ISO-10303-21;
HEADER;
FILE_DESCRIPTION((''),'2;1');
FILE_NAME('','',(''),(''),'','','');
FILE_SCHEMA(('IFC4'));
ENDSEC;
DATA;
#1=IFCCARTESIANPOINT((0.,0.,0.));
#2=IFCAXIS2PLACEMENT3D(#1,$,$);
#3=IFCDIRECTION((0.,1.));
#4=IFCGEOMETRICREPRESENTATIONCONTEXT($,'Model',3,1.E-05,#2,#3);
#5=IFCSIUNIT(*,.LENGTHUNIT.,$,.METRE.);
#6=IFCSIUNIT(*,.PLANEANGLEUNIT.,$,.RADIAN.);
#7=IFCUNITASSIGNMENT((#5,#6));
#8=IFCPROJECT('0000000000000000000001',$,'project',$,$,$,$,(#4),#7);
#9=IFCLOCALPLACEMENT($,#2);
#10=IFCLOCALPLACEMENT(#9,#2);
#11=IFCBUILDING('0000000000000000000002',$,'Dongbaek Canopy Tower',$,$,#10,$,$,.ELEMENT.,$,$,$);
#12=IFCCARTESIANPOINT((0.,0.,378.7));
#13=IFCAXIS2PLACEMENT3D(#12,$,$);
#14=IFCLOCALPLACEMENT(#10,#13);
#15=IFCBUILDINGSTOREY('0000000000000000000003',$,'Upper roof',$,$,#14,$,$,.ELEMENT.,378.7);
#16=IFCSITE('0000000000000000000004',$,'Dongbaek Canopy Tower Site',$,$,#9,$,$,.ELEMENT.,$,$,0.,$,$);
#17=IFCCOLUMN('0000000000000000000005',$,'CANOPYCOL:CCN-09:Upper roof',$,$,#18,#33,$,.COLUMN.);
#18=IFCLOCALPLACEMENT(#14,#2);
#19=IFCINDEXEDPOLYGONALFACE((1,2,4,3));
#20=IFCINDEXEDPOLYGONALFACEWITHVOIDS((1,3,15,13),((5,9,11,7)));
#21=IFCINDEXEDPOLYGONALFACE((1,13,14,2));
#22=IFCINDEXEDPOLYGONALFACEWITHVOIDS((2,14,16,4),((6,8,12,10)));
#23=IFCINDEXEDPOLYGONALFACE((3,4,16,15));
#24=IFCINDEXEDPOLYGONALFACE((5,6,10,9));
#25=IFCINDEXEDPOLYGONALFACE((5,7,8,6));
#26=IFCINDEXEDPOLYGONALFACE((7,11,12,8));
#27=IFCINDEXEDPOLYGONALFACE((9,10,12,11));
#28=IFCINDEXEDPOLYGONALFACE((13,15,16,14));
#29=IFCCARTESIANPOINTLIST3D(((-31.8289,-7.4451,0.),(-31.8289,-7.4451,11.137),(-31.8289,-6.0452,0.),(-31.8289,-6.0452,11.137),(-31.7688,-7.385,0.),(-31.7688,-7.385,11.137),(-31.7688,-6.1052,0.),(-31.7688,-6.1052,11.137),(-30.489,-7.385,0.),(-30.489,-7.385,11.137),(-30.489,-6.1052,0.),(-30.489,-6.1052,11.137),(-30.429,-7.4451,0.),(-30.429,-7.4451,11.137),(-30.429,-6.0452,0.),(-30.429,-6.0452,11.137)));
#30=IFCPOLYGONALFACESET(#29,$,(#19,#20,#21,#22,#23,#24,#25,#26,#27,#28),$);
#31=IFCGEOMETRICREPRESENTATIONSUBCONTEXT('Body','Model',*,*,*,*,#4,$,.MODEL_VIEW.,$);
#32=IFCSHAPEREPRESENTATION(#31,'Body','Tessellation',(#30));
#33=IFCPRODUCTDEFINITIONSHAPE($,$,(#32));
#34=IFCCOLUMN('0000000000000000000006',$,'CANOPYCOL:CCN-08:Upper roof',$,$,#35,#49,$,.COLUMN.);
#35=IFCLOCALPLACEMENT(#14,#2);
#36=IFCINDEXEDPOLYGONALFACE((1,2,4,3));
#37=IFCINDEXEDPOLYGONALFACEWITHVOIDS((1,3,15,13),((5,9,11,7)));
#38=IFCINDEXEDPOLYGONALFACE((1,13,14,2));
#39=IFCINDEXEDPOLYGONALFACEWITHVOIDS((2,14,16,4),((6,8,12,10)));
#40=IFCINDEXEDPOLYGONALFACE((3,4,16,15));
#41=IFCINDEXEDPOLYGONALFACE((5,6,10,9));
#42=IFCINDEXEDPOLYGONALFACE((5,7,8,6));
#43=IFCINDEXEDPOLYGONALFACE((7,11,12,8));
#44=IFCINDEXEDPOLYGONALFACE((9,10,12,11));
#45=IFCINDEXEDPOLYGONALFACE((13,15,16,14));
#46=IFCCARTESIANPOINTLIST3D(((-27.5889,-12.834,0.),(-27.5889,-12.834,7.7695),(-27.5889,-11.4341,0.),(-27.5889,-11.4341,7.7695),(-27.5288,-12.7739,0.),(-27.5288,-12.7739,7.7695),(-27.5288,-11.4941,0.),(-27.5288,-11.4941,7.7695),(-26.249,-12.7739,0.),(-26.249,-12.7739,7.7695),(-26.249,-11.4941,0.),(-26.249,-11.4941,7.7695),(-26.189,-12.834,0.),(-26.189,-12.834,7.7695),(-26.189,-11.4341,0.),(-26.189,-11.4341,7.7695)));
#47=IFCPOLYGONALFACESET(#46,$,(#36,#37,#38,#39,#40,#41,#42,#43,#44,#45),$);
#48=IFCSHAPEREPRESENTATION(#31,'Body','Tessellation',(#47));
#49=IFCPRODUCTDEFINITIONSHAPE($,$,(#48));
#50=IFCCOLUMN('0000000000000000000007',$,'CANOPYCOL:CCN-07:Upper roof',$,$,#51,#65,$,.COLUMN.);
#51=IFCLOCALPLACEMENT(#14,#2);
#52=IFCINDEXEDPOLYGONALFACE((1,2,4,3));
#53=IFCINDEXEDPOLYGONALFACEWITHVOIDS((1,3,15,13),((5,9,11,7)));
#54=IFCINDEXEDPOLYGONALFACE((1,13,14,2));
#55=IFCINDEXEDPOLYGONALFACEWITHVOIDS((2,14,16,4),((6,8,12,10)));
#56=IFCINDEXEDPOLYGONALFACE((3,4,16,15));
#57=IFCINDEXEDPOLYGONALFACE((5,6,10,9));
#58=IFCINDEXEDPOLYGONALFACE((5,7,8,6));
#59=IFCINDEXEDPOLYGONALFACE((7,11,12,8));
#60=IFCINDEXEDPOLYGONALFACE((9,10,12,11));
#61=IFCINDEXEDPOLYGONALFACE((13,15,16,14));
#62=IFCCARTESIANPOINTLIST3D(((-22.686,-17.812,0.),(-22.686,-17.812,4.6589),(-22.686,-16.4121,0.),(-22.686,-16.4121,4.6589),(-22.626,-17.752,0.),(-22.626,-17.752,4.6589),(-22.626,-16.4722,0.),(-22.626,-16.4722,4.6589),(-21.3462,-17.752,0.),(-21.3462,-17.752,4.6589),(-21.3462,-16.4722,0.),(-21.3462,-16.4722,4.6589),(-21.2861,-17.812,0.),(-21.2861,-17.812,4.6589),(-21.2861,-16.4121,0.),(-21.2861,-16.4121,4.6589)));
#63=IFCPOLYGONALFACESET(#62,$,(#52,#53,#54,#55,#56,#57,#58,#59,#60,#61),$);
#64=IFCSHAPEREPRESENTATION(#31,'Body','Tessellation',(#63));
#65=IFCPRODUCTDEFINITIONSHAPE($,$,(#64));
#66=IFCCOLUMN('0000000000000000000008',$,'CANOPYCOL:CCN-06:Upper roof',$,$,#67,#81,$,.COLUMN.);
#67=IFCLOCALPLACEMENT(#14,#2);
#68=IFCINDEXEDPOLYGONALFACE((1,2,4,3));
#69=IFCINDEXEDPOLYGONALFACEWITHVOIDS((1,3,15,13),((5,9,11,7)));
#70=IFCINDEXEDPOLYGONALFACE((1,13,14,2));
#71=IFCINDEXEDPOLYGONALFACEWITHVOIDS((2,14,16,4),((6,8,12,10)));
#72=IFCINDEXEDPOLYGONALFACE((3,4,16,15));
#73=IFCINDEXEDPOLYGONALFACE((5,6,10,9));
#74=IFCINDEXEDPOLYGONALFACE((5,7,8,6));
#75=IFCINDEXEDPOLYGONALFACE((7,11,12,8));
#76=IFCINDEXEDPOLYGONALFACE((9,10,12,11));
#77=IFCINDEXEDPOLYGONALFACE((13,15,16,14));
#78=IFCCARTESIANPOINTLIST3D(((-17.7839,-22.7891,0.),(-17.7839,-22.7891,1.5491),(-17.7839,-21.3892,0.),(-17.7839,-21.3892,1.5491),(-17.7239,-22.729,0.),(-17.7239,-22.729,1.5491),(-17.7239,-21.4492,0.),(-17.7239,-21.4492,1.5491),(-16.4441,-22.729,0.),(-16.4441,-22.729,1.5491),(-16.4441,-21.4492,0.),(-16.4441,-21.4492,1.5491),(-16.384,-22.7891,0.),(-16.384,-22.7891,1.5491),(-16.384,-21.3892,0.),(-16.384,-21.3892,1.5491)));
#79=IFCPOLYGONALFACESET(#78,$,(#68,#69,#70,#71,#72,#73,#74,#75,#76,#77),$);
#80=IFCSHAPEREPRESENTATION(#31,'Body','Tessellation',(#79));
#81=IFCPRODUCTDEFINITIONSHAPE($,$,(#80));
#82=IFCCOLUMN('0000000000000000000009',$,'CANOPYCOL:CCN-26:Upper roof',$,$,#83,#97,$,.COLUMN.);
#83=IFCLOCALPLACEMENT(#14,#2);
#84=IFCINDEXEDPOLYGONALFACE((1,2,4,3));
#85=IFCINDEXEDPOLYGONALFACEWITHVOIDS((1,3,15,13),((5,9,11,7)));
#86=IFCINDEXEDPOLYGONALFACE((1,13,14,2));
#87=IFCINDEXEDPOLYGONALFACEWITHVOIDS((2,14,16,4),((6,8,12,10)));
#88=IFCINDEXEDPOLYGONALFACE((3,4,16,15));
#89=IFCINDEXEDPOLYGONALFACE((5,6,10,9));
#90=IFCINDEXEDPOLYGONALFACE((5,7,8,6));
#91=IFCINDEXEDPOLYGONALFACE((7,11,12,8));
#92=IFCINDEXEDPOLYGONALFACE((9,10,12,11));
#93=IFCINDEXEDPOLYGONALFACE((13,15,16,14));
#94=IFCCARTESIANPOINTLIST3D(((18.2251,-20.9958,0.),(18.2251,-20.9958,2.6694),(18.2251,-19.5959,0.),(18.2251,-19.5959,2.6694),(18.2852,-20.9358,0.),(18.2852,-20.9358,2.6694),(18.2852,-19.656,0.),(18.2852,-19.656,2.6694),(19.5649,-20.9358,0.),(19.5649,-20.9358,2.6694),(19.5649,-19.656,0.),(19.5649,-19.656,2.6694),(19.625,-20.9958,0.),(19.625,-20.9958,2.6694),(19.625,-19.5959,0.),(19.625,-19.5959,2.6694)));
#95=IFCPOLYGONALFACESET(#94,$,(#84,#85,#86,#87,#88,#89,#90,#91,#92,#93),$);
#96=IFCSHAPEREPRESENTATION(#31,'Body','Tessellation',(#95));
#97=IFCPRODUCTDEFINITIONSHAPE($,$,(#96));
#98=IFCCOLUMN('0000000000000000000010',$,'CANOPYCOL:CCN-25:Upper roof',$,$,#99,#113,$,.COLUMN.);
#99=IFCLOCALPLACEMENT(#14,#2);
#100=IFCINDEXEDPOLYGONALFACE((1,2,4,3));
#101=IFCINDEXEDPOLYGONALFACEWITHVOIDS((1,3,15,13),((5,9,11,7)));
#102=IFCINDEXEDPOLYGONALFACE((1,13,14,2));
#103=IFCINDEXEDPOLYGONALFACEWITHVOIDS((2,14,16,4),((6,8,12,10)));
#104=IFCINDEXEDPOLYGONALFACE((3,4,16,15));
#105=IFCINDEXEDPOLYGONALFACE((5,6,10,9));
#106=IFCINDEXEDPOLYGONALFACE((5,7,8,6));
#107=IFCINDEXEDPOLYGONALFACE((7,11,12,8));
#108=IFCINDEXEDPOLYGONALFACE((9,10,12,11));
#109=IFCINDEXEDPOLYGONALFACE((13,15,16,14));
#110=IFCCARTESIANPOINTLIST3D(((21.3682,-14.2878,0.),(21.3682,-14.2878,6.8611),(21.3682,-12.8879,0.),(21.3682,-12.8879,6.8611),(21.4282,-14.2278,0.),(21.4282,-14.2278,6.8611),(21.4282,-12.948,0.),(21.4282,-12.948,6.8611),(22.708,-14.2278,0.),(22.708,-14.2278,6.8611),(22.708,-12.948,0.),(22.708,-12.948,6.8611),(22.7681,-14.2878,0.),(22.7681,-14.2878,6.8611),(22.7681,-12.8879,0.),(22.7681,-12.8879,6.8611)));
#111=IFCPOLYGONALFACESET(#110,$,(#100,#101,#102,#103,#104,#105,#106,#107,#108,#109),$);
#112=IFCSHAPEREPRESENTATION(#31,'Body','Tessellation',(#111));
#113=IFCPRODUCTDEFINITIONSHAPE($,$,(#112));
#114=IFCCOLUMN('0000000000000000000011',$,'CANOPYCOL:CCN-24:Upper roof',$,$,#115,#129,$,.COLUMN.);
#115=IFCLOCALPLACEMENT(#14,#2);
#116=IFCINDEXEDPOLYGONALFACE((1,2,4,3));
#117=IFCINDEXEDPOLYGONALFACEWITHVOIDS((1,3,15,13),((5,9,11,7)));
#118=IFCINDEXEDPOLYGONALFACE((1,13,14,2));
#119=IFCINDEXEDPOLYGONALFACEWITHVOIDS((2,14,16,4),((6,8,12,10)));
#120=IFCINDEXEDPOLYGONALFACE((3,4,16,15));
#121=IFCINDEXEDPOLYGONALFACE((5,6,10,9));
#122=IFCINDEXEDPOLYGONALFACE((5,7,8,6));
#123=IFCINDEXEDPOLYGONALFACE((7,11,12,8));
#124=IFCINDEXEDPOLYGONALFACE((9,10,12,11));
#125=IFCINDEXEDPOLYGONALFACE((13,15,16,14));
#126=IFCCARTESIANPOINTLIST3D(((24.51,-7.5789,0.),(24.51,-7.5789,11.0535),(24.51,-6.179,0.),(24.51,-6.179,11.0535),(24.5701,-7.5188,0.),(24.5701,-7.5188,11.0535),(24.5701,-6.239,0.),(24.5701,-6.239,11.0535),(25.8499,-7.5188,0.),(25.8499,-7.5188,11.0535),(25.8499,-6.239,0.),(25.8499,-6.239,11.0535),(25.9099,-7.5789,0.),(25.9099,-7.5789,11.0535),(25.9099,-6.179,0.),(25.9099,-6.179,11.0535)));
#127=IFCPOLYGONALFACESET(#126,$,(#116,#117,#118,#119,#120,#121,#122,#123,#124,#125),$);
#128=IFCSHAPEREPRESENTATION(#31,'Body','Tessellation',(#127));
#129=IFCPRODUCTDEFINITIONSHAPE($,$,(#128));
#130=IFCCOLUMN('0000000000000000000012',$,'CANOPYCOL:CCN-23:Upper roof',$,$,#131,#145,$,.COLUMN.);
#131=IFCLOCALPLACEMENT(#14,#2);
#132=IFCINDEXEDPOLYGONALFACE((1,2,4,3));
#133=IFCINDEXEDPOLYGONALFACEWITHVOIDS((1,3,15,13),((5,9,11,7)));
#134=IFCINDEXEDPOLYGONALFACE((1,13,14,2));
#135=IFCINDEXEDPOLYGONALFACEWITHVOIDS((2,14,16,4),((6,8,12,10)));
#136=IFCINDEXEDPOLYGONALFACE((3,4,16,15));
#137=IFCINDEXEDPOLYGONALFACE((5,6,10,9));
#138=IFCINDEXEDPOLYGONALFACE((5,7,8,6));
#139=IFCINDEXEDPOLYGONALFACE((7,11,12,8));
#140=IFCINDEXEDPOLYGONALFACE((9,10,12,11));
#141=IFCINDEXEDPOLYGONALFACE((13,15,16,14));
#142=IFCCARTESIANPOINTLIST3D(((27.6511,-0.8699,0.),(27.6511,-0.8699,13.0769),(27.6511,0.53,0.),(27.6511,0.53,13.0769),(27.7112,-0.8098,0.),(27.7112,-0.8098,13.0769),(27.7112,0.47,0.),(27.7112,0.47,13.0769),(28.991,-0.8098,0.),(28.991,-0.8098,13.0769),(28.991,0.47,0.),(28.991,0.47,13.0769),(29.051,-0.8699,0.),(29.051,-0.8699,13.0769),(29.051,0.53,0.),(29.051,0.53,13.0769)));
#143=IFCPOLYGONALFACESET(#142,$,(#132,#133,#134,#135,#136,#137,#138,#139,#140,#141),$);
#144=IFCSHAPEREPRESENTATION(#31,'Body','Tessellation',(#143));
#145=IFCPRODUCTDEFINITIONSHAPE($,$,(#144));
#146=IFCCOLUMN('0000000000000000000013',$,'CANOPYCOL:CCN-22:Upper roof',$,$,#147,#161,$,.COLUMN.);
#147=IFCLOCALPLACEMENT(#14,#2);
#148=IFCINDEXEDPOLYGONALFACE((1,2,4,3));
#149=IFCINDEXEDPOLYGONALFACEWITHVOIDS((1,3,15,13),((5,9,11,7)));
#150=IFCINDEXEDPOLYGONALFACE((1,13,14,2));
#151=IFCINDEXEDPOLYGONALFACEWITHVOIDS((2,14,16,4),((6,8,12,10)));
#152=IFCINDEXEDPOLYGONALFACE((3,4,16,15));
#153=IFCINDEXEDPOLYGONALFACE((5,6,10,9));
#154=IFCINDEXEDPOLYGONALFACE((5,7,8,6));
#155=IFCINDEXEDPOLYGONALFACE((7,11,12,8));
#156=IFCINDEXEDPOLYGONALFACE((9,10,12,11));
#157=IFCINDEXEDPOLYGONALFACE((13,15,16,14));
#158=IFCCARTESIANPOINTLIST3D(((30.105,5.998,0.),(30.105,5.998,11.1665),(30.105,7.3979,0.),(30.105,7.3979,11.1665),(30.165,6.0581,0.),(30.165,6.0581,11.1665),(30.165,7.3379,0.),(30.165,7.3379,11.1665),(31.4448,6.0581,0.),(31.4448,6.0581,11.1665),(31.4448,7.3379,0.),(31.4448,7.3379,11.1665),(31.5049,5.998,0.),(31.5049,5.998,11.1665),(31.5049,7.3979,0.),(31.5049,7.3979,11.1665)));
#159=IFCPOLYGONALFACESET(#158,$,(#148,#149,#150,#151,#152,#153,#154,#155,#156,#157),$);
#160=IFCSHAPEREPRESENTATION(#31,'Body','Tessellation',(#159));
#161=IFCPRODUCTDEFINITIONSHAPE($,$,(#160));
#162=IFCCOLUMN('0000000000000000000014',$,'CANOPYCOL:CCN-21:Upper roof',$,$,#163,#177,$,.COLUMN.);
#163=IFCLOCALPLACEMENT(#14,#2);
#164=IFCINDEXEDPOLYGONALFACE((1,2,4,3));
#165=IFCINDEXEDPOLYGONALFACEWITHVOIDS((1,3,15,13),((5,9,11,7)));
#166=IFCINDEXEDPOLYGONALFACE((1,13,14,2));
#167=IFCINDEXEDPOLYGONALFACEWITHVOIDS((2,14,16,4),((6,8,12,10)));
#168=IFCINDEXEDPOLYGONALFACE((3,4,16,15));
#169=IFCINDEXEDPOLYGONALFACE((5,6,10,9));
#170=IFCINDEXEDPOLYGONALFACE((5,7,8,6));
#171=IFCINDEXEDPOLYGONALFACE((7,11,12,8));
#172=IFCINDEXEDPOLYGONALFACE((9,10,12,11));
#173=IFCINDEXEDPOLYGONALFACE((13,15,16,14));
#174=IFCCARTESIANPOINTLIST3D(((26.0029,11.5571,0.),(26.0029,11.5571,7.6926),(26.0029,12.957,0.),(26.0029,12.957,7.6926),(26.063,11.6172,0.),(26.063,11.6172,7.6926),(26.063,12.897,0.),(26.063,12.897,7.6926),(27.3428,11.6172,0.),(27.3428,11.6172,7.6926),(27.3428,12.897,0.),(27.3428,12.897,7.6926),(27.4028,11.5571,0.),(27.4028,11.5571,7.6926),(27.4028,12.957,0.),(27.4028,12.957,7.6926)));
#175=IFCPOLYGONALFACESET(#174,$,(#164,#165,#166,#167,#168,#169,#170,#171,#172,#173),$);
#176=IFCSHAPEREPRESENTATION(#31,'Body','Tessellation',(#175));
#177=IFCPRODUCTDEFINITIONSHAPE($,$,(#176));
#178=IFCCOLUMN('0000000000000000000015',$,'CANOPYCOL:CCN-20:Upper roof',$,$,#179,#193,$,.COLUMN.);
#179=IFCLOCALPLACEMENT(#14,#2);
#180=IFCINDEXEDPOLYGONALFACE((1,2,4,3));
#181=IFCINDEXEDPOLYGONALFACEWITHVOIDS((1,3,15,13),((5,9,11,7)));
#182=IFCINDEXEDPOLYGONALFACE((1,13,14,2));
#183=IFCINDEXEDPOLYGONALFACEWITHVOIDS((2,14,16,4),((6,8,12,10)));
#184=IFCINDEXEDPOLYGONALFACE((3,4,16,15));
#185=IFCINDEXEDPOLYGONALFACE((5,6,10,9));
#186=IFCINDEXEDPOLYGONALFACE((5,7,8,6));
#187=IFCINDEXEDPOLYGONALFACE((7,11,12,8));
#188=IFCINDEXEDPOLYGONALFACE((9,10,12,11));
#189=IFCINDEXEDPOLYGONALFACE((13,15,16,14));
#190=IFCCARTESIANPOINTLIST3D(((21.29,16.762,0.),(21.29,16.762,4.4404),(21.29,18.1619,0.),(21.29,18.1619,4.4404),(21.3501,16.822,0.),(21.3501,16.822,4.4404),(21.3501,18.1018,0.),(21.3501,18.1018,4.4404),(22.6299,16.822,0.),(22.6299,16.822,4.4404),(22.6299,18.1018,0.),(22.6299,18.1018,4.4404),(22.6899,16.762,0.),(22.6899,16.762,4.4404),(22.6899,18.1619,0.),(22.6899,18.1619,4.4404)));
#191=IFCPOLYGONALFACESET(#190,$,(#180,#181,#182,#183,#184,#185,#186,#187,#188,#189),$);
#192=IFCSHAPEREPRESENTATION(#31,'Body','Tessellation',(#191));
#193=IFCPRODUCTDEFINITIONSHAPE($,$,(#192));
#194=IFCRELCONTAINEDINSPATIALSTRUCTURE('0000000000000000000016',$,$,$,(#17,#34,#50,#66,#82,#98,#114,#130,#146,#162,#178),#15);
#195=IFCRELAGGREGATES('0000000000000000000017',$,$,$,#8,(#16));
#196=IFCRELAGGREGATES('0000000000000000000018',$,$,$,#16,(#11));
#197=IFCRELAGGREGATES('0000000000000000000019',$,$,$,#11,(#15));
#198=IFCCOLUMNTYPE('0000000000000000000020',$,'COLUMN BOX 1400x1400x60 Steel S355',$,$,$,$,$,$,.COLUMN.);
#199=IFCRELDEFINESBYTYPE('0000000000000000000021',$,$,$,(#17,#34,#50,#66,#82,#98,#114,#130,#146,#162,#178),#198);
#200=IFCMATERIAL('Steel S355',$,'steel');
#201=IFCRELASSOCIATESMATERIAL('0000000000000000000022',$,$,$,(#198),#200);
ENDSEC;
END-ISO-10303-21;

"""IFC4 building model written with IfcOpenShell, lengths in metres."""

from ifc_helpers import new_model, si_unit, direction, frame, origin, origin_2d, place, context, subcontext, project, spatial, hollow_rectangle, extrude, material, material_profile, profile_set, type_object, element, save


model = new_model("IFC4")

# Units and contexts
model_context = context("Model", 3, precision=1e-05, world=origin(), true_north=direction((0.0, 1.0)))
body_context = subcontext(model_context, "Body", "Model", "MODEL_VIEW")
ifc_project = project(units=[si_unit("LENGTHUNIT", "METRE"), si_unit("PLANEANGLEUNIT", "RADIAN")], contexts=[model_context])

# Site, building, storey
site_placement = place(None, origin())
site = spatial("IfcSite", under=ifc_project, at=site_placement, Name="Dongbaek Canopy Tower Site", CompositionType="ELEMENT", RefElevation=0.0)
building_placement = place(site_placement, origin())
building = spatial("IfcBuilding", under=site, at=building_placement, Name="Dongbaek Canopy Tower", CompositionType="ELEMENT")
storey_placement = place(building_placement, frame((0.0, 0.0, 378.7)))
storey = spatial("IfcBuildingStorey", under=building, at=storey_placement, Name="Upper roof", CompositionType="ELEMENT", Elevation=378.7)

# Columns
ifc_material_1 = material(Name="Steel S355", Category="steel")
ifc_material_profile_1 = material_profile(ifc_material_1, hollow_rectangle(XDim=1.3999, YDim=1.3999, WallThickness=0.0601, at=origin_2d()), Name="COLUMN BOX 1400x1400x60 Steel S355")
ifc_profile_set_1 = profile_set([ifc_material_profile_1], Name="Steel S355")
column_type = type_object("IfcColumnType", Name="COLUMN BOX 1400x1400x60 Steel S355", PredefinedType="COLUMN", material=ifc_profile_set_1)
column_1_placement = place(storey_placement, frame((-31.1289, -6.7451, 0.0), z_axis=(0.0, 0.0, 1.0), x_axis=(1.0, 0.0, 0.0)))
element("IfcColumn", 1, at=column_1_placement, inside=storey, type_object=column_type, Name="CANOPYCOL:CCN-09:Upper roof", PredefinedType="COLUMN", context=body_context, shape_type="SweptSolid", body=[
    extrude(hollow_rectangle(XDim=1.3999, YDim=1.3999, WallThickness=0.0601, at=origin_2d()), origin(), (0.0, 0.0, 1.0), 11.137),
])
column_2_placement = place(storey_placement, frame((-26.8889, -12.134, 0.0), z_axis=(0.0, 0.0, 1.0), x_axis=(1.0, 0.0, 0.0)))
element("IfcColumn", 2, at=column_2_placement, inside=storey, type_object=column_type, Name="CANOPYCOL:CCN-08:Upper roof", PredefinedType="COLUMN", context=body_context, shape_type="SweptSolid", body=[
    extrude(hollow_rectangle(XDim=1.3999, YDim=1.3999, WallThickness=0.0601, at=origin_2d()), origin(), (0.0, 0.0, 1.0), 7.7695),
])
column_3_placement = place(storey_placement, frame((-21.9861, -17.1121, 0.0), z_axis=(0.0, 0.0, 1.0), x_axis=(1.0, 0.0, 0.0)))
element("IfcColumn", 3, at=column_3_placement, inside=storey, type_object=column_type, Name="CANOPYCOL:CCN-07:Upper roof", PredefinedType="COLUMN", context=body_context, shape_type="SweptSolid", body=[
    extrude(hollow_rectangle(XDim=1.3999, YDim=1.3999, WallThickness=0.0601, at=origin_2d()), origin(), (0.0, 0.0, 1.0), 4.6589),
])
column_4_placement = place(storey_placement, frame((-17.084, -22.0891, 0.0), z_axis=(0.0, 0.0, 1.0), x_axis=(1.0, 0.0, 0.0)))
element("IfcColumn", 4, at=column_4_placement, inside=storey, type_object=column_type, Name="CANOPYCOL:CCN-06:Upper roof", PredefinedType="COLUMN", context=body_context, shape_type="SweptSolid", body=[
    extrude(hollow_rectangle(XDim=1.3999, YDim=1.3999, WallThickness=0.0601, at=origin_2d()), origin(), (0.0, 0.0, 1.0), 1.5491),
])
column_5_placement = place(storey_placement, frame((18.925, -20.2959, 0.0), z_axis=(0.0, 0.0, 1.0), x_axis=(1.0, 0.0, 0.0)))
element("IfcColumn", 5, at=column_5_placement, inside=storey, type_object=column_type, Name="CANOPYCOL:CCN-26:Upper roof", PredefinedType="COLUMN", context=body_context, shape_type="SweptSolid", body=[
    extrude(hollow_rectangle(XDim=1.3999, YDim=1.3999, WallThickness=0.0601, at=origin_2d()), origin(), (0.0, 0.0, 1.0), 2.6694),
])
column_6_placement = place(storey_placement, frame((22.0681, -13.5879, 0.0), z_axis=(0.0, 0.0, 1.0), x_axis=(1.0, 0.0, 0.0)))
element("IfcColumn", 6, at=column_6_placement, inside=storey, type_object=column_type, Name="CANOPYCOL:CCN-25:Upper roof", PredefinedType="COLUMN", context=body_context, shape_type="SweptSolid", body=[
    extrude(hollow_rectangle(XDim=1.3999, YDim=1.3999, WallThickness=0.0601, at=origin_2d()), origin(), (0.0, 0.0, 1.0), 6.8611),
])
column_7_placement = place(storey_placement, frame((25.21, -6.8789, 0.0), z_axis=(0.0, 0.0, 1.0), x_axis=(1.0, 0.0, 0.0)))
element("IfcColumn", 7, at=column_7_placement, inside=storey, type_object=column_type, Name="CANOPYCOL:CCN-24:Upper roof", PredefinedType="COLUMN", context=body_context, shape_type="SweptSolid", body=[
    extrude(hollow_rectangle(XDim=1.3999, YDim=1.3999, WallThickness=0.0601, at=origin_2d()), origin(), (0.0, 0.0, 1.0), 11.0535),
])
column_8_placement = place(storey_placement, frame((28.3511, -0.1699, 0.0), z_axis=(0.0, 0.0, 1.0), x_axis=(1.0, 0.0, 0.0)))
element("IfcColumn", 8, at=column_8_placement, inside=storey, type_object=column_type, Name="CANOPYCOL:CCN-23:Upper roof", PredefinedType="COLUMN", context=body_context, shape_type="SweptSolid", body=[
    extrude(hollow_rectangle(XDim=1.3999, YDim=1.3999, WallThickness=0.0601, at=origin_2d()), origin(), (0.0, 0.0, 1.0), 13.0769),
])
column_9_placement = place(storey_placement, frame((30.8049, 6.698, 0.0), z_axis=(0.0, 0.0, 1.0), x_axis=(1.0, 0.0, 0.0)))
element("IfcColumn", 9, at=column_9_placement, inside=storey, type_object=column_type, Name="CANOPYCOL:CCN-22:Upper roof", PredefinedType="COLUMN", context=body_context, shape_type="SweptSolid", body=[
    extrude(hollow_rectangle(XDim=1.3999, YDim=1.3999, WallThickness=0.0601, at=origin_2d()), origin(), (0.0, 0.0, 1.0), 11.1665),
])
column_10_placement = place(storey_placement, frame((26.7029, 12.2571, 0.0), z_axis=(0.0, 0.0, 1.0), x_axis=(1.0, 0.0, 0.0)))
element("IfcColumn", 10, at=column_10_placement, inside=storey, type_object=column_type, Name="CANOPYCOL:CCN-21:Upper roof", PredefinedType="COLUMN", context=body_context, shape_type="SweptSolid", body=[
    extrude(hollow_rectangle(XDim=1.3999, YDim=1.3999, WallThickness=0.0601, at=origin_2d()), origin(), (0.0, 0.0, 1.0), 7.6926),
])
column_11_placement = place(storey_placement, frame((21.99, 17.4619, 0.0), z_axis=(0.0, 0.0, 1.0), x_axis=(1.0, 0.0, 0.0)))
element("IfcColumn", 11, at=column_11_placement, inside=storey, type_object=column_type, Name="CANOPYCOL:CCN-20:Upper roof", PredefinedType="COLUMN", context=body_context, shape_type="SweptSolid", body=[
    extrude(hollow_rectangle(XDim=1.3999, YDim=1.3999, WallThickness=0.0601, at=origin_2d()), origin(), (0.0, 0.0, 1.0), 4.4404),
])

save(model, "model.ifc")
